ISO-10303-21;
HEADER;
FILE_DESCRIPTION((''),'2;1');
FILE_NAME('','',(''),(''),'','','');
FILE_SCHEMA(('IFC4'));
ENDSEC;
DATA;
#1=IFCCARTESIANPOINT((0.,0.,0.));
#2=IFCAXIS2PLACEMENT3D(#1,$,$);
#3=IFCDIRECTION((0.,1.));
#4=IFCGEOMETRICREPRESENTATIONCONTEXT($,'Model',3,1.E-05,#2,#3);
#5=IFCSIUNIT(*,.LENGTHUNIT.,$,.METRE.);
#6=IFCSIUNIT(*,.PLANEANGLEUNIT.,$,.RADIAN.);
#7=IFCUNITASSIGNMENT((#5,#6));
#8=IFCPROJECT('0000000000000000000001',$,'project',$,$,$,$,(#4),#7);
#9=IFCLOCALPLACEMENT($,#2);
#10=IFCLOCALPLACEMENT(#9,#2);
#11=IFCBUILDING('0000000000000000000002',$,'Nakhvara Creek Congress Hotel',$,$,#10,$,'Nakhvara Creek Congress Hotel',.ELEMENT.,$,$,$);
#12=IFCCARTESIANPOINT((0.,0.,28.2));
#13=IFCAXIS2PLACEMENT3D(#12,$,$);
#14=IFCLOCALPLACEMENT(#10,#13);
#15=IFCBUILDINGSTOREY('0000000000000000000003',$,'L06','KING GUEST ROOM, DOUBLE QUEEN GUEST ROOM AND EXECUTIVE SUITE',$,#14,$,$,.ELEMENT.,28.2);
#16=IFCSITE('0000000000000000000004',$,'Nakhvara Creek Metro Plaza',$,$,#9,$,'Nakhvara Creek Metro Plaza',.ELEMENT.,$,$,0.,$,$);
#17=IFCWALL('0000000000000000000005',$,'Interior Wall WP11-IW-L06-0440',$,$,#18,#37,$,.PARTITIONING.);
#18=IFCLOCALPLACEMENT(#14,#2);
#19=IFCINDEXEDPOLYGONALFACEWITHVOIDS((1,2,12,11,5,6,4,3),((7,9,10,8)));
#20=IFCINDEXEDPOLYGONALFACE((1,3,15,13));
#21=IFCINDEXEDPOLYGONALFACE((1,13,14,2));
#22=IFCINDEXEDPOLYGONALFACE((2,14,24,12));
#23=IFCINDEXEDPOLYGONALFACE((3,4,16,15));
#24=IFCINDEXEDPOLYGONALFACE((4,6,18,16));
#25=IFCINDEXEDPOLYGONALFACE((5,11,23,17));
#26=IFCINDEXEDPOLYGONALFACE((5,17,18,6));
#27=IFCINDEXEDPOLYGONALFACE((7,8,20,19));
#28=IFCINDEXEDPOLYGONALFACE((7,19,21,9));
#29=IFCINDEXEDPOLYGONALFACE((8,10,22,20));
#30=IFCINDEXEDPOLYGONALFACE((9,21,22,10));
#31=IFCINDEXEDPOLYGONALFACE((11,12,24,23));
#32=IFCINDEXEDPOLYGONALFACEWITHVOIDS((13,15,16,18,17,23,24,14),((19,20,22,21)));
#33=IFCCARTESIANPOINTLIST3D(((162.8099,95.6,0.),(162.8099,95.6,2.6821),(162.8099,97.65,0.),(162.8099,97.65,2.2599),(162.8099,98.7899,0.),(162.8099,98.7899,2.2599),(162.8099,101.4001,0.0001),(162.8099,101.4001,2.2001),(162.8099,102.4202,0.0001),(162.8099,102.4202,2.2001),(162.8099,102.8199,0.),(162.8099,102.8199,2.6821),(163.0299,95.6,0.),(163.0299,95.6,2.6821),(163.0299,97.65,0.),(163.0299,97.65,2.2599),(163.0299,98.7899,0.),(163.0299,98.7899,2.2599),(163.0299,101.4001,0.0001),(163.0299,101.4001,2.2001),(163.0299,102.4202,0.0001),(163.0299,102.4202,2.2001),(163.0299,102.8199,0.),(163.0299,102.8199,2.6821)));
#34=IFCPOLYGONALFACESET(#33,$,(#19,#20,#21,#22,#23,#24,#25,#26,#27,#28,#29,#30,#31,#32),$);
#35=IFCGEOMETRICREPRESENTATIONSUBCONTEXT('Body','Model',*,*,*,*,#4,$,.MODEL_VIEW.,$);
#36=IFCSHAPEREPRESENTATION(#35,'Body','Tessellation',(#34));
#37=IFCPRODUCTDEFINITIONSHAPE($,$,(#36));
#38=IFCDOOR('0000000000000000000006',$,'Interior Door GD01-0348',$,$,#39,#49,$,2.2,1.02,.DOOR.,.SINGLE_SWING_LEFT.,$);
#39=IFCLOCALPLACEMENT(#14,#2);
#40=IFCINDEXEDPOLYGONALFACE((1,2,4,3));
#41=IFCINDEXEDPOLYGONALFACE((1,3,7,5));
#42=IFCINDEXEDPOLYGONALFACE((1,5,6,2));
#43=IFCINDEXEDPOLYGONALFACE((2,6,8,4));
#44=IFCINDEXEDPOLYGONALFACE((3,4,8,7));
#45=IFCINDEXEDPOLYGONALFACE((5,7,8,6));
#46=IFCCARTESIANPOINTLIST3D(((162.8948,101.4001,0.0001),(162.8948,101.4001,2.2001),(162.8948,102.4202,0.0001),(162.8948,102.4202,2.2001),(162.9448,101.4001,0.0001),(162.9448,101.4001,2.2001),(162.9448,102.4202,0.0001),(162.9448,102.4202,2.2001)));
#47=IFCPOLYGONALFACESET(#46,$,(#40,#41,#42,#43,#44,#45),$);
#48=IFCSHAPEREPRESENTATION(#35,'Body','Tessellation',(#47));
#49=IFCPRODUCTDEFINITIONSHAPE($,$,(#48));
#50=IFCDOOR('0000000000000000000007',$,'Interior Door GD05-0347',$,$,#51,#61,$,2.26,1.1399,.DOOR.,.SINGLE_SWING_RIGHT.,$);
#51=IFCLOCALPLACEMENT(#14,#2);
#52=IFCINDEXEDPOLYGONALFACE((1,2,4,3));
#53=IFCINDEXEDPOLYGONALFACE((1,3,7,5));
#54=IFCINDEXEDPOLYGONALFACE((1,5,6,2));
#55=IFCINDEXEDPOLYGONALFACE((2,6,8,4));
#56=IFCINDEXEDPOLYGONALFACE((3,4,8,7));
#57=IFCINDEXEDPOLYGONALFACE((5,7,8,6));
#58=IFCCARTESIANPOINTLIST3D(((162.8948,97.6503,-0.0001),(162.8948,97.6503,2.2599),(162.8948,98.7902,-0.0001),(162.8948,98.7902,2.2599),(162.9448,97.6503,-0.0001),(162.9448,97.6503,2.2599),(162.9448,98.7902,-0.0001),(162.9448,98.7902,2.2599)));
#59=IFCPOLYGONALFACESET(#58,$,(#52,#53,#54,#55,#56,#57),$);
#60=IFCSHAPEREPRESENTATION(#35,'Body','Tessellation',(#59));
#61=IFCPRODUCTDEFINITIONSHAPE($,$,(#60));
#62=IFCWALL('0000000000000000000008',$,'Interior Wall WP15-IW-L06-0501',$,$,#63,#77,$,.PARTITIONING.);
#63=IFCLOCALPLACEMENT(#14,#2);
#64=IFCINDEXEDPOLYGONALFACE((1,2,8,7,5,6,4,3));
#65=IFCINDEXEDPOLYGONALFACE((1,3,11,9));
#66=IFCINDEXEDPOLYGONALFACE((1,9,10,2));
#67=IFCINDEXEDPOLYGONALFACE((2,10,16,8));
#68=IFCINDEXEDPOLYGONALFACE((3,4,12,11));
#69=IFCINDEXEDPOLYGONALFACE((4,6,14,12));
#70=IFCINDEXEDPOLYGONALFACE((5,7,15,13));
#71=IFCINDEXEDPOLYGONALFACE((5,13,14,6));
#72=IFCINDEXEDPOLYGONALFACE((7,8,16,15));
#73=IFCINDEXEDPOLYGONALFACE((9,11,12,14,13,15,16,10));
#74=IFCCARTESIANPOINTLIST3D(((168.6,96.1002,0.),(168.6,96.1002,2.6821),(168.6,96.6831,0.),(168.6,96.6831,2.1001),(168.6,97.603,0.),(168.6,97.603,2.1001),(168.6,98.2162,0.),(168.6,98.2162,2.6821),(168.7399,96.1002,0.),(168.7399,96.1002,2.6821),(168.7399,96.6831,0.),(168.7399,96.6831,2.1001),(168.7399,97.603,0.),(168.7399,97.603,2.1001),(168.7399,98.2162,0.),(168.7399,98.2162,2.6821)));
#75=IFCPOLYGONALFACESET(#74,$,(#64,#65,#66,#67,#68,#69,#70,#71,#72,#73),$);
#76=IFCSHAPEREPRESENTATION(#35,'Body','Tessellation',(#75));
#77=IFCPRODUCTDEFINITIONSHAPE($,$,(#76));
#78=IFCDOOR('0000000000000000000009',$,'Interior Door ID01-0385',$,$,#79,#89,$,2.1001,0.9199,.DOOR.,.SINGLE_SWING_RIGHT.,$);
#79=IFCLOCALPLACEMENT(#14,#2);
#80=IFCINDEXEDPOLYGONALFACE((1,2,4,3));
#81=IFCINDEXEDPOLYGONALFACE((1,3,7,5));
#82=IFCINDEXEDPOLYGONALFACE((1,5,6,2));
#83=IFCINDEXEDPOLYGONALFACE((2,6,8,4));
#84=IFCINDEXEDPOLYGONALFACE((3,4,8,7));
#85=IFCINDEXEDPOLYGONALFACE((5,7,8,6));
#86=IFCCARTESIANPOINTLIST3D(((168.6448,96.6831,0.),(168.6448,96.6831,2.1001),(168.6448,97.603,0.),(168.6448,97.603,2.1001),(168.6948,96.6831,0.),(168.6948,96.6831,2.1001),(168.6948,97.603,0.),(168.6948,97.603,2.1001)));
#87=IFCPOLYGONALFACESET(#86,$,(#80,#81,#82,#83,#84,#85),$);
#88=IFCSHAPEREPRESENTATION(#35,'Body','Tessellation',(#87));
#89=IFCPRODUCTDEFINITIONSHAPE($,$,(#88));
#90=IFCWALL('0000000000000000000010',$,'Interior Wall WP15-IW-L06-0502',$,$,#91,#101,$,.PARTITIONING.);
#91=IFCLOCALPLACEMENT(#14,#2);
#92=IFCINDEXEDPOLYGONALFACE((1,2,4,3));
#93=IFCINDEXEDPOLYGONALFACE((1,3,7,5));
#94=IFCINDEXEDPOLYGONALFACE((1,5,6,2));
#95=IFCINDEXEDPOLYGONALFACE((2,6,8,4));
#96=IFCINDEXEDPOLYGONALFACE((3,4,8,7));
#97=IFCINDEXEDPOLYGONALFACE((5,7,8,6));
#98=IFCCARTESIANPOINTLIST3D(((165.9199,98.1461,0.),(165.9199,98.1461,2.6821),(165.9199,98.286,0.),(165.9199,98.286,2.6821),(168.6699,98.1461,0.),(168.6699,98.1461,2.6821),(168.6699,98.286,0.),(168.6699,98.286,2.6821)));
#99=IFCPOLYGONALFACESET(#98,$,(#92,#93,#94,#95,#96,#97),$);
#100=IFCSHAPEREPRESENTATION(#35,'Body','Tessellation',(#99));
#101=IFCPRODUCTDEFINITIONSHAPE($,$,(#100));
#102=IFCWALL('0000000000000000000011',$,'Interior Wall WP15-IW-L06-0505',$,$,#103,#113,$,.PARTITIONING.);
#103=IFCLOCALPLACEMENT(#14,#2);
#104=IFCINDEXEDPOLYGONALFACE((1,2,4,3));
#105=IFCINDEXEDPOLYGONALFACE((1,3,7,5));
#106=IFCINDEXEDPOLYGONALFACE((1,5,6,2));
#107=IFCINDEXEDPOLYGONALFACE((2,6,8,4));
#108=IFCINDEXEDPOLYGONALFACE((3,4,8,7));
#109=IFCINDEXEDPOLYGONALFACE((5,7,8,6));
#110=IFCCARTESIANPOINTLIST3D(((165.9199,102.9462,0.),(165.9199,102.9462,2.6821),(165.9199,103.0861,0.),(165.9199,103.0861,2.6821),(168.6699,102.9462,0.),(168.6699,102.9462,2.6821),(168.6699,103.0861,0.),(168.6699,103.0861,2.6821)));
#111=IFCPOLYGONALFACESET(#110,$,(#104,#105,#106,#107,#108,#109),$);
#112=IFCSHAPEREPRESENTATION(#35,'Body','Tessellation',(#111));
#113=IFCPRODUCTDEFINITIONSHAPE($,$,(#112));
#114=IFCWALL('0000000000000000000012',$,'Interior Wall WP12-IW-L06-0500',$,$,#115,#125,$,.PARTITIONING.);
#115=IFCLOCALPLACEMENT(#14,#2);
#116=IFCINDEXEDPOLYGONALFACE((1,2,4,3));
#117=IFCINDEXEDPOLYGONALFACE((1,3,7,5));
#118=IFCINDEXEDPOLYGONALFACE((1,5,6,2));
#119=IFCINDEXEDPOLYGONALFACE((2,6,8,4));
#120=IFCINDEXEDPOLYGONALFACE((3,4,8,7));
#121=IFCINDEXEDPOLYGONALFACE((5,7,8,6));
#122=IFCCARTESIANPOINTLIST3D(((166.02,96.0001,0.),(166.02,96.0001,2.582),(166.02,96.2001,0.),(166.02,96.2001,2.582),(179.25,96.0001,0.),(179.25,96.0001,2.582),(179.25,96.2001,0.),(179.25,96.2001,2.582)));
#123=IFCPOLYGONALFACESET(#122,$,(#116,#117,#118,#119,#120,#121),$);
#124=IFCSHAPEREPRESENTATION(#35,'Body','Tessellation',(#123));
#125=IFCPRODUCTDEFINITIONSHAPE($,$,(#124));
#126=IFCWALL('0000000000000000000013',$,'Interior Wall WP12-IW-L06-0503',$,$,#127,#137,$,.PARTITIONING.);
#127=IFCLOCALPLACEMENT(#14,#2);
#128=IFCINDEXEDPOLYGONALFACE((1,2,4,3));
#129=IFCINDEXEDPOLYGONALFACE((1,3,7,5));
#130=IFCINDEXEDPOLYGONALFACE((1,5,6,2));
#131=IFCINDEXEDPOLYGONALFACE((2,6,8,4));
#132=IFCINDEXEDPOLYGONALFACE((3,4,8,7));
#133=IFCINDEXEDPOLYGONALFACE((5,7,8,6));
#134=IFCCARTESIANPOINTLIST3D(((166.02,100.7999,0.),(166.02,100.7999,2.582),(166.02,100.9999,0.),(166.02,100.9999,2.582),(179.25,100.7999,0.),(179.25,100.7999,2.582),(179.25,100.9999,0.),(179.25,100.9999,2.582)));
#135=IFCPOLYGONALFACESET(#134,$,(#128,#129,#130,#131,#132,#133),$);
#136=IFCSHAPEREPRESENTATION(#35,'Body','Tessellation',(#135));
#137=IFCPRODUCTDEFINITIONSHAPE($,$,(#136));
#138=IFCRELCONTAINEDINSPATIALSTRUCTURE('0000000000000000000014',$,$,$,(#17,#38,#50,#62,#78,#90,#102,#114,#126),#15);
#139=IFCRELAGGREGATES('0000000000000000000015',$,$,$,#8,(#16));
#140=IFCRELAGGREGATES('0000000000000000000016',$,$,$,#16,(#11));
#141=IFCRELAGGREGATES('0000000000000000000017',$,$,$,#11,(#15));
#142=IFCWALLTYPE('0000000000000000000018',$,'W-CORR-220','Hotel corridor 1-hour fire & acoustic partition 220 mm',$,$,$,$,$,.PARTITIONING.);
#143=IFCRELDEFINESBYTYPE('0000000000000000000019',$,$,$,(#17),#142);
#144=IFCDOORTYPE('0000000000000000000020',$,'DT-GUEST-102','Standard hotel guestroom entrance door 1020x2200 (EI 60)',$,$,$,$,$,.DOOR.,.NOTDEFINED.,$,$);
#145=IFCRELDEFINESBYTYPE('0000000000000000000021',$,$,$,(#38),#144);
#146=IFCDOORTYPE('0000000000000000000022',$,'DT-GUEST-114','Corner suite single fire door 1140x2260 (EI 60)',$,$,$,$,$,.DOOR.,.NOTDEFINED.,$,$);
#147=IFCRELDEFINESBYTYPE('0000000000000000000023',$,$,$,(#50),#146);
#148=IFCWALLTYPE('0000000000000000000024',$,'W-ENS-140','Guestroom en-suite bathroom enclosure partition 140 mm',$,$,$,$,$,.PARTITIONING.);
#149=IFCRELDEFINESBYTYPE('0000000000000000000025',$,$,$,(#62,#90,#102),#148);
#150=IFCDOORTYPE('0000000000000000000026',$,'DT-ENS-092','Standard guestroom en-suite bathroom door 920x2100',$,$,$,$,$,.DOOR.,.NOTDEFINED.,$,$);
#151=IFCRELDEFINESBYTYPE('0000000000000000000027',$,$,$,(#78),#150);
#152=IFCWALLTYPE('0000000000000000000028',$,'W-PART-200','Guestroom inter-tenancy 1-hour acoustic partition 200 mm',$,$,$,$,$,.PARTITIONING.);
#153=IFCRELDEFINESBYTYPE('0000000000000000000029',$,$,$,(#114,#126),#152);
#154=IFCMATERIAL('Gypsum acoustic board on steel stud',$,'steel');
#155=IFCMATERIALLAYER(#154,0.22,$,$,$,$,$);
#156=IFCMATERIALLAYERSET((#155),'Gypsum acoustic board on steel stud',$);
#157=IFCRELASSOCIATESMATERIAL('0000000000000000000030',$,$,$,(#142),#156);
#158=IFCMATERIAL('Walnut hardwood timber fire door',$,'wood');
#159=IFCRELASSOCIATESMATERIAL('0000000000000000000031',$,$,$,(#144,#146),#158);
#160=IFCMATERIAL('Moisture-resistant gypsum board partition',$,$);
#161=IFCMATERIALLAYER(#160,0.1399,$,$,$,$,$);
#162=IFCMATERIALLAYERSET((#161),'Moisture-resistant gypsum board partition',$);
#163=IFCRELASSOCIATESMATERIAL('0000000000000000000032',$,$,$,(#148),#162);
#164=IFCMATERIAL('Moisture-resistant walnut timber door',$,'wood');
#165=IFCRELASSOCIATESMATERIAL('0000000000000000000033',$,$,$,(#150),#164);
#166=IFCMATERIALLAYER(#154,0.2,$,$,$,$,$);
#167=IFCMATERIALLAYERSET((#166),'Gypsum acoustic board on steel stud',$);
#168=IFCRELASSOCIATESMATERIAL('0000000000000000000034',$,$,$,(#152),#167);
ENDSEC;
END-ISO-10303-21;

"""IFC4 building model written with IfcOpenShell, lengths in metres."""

from ifc_helpers import new_model, si_unit, direction, frame, frame_2d, origin, place, context, subcontext, project, spatial, rectangle, extrude, material, layer, layer_set, type_object, element, fill, save


model = new_model("IFC4")

# Units and contexts
model_context = context("Model", 3, precision=1e-05, world=origin(), true_north=direction((0.0, 1.0)))
body_context = subcontext(model_context, "Body", "Model", "MODEL_VIEW")
ifc_project = project(units=[si_unit("LENGTHUNIT", "METRE"), si_unit("PLANEANGLEUNIT", "RADIAN")], contexts=[model_context])

# Site, building, storey
site_placement = place(None, origin())
site = spatial("IfcSite", under=ifc_project, at=site_placement, Name="Nakhvara Creek Metro Plaza", LongName="Nakhvara Creek Metro Plaza", CompositionType="ELEMENT", RefElevation=0.0)
building_placement = place(site_placement, origin())
building = spatial("IfcBuilding", under=site, at=building_placement, Name="Nakhvara Creek Congress Hotel", LongName="Nakhvara Creek Congress Hotel", CompositionType="ELEMENT")
storey_placement = place(building_placement, frame((0.0, 0.0, 28.2)))
storey = spatial("IfcBuildingStorey", under=building, at=storey_placement, Name="L06", Description="KING GUEST ROOM, DOUBLE QUEEN GUEST ROOM AND EXECUTIVE SUITE", CompositionType="ELEMENT", Elevation=28.2)

# Wall, openings, doors
ifc_material_1 = material(Name="Gypsum acoustic board on steel stud", Category="steel")
ifc_layer_1 = layer(ifc_material_1, 0.22)
ifc_layer_set_1 = layer_set([ifc_layer_1], Name="Gypsum acoustic board on steel stud")
wall_type_1 = type_object("IfcWallType", Name="W-CORR-220", Description="Hotel corridor 1-hour fire & acoustic partition 220 mm", PredefinedType="PARTITIONING", material=ifc_layer_set_1)
wall_1_placement = place(storey_placement, frame((162.9199, 95.6001, 0.0), z_axis=(0.0, 0.0, 1.0), x_axis=(0.0, 1.0, 0.0)))
wall_1 = element("IfcWall", 1, at=wall_1_placement, inside=storey, type_object=wall_type_1, Name="Interior Wall WP11-IW-L06-0440", PredefinedType="PARTITIONING", context=body_context, shape_type="SweptSolid", body=[
    extrude(rectangle(XDim=7.22, YDim=0.22, at=frame_2d((3.6099, 0.0))), origin(), (0.0, 0.0, 1.0), 2.6821),
])
opening_1_placement = place(wall_1_placement, frame((2.05, 0.0, 0.0)))
opening_1 = element("IfcOpeningElement", 2, at=opening_1_placement, cuts=wall_1, PredefinedType="OPENING", context=body_context, shape_type="SweptSolid", body=[
    extrude(rectangle(XDim=1.1399, YDim=2.26, at=frame_2d((0.5698, 1.1299))), frame((0.0, 0.1221, 0.0), z_axis=(0.0, -1.0, 0.0), x_axis=(1.0, 0.0, 0.0)), (0.0, 0.0, 1.0), 0.2439),
])
opening_2_placement = place(wall_1_placement, frame((5.8, 0.0, 0.0)))
opening_2 = element("IfcOpeningElement", 3, at=opening_2_placement, cuts=wall_1, PredefinedType="OPENING", context=body_context, shape_type="SweptSolid", body=[
    extrude(rectangle(XDim=1.02, YDim=2.2, at=frame_2d((0.51, 1.1001))), frame((0.0, 0.1221, 0.0), z_axis=(0.0, -1.0, 0.0), x_axis=(1.0, 0.0, 0.0)), (0.0, 0.0, 1.0), 0.2439),
])
ifc_material_2 = material(Name="Walnut hardwood timber fire door", Category="wood")
door_type_1 = type_object("IfcDoorType", Name="DT-GUEST-102", Description="Standard hotel guestroom entrance door 1020x2200 (EI 60)", OperationType="NOTDEFINED", PredefinedType="DOOR", material=ifc_material_2)
door_1_placement = place(opening_2_placement, frame((1.02, 0.0, 0.0), z_axis=(0.0, 0.0, 1.0), x_axis=(-1.0, 0.0, 0.0)))
door_1 = element("IfcDoor", 4, at=door_1_placement, inside=storey, type_object=door_type_1, Name="Interior Door GD01-0348", OperationType="SINGLE_SWING_LEFT", OverallHeight=2.2, OverallWidth=1.02, PredefinedType="DOOR", context=body_context, shape_type="SweptSolid", body=[
    extrude(rectangle(XDim=1.02, YDim=2.2, at=frame_2d((0.51, 1.1001))), frame((0.0, 0.0249, 0.0), z_axis=(0.0, -1.0, 0.0), x_axis=(1.0, 0.0, 0.0)), (0.0, 0.0, 1.0), 0.05),
])
fill(opening_2, door_1)
door_type_2 = type_object("IfcDoorType", Name="DT-GUEST-114", Description="Corner suite single fire door 1140x2260 (EI 60)", OperationType="NOTDEFINED", PredefinedType="DOOR", material=ifc_material_2)
door_2_placement = place(opening_1_placement, frame((1.1399, 0.0, 0.0), z_axis=(0.0, 0.0, 1.0), x_axis=(-1.0, 0.0, 0.0)))
door_2 = element("IfcDoor", 5, at=door_2_placement, inside=storey, type_object=door_type_2, Name="Interior Door GD05-0347", OperationType="SINGLE_SWING_RIGHT", OverallHeight=2.26, OverallWidth=1.1399, PredefinedType="DOOR", context=body_context, shape_type="SweptSolid", body=[
    extrude(rectangle(XDim=1.1399, YDim=2.26, at=frame_2d((0.5698, 1.1299))), frame((0.0, 0.0249, 0.0), z_axis=(0.0, -1.0, 0.0), x_axis=(1.0, 0.0, 0.0)), (0.0, 0.0, 1.0), 0.05),
])
fill(opening_1, door_2)

# Wall, opening, door
ifc_material_3 = material(Name="Moisture-resistant gypsum board partition")
ifc_layer_2 = layer(ifc_material_3, 0.1399)
ifc_layer_set_2 = layer_set([ifc_layer_2], Name="Moisture-resistant gypsum board partition")
wall_type_2 = type_object("IfcWallType", Name="W-ENS-140", Description="Guestroom en-suite bathroom enclosure partition 140 mm", PredefinedType="PARTITIONING", material=ifc_layer_set_2)
wall_2_placement = place(storey_placement, frame((168.6699, 96.1001, 0.0), z_axis=(0.0, 0.0, 1.0), x_axis=(0.0, 1.0, 0.0)))
wall_2 = element("IfcWall", 6, at=wall_2_placement, inside=storey, type_object=wall_type_2, Name="Interior Wall WP15-IW-L06-0501", PredefinedType="PARTITIONING", context=body_context, shape_type="SweptSolid", body=[
    extrude(rectangle(XDim=2.116, YDim=0.1399, at=frame_2d((1.0581, 0.0))), origin(), (0.0, 0.0, 1.0), 2.6821),
])
opening_3_placement = place(wall_2_placement, frame((0.583, 0.0, 0.0)))
opening_3 = element("IfcOpeningElement", 7, at=opening_3_placement, cuts=wall_2, PredefinedType="OPENING", context=body_context, shape_type="SweptSolid", body=[
    extrude(rectangle(XDim=0.9199, YDim=2.1001, at=frame_2d((0.46, 1.05))), frame((0.0, 0.082, 0.0), z_axis=(0.0, -1.0, 0.0), x_axis=(1.0, 0.0, 0.0)), (0.0, 0.0, 1.0), 0.1638),
])
ifc_material_4 = material(Name="Moisture-resistant walnut timber door", Category="wood")
door_type_3 = type_object("IfcDoorType", Name="DT-ENS-092", Description="Standard guestroom en-suite bathroom door 920x2100", OperationType="NOTDEFINED", PredefinedType="DOOR", material=ifc_material_4)
door_3_placement = place(opening_3_placement, frame((0.9199, 0.0, 0.0), z_axis=(0.0, 0.0, 1.0), x_axis=(-1.0, 0.0, 0.0)))
door_3 = element("IfcDoor", 8, at=door_3_placement, inside=storey, type_object=door_type_3, Name="Interior Door ID01-0385", OperationType="SINGLE_SWING_RIGHT", OverallHeight=2.1001, OverallWidth=0.9199, PredefinedType="DOOR", context=body_context, shape_type="SweptSolid", body=[
    extrude(rectangle(XDim=0.9199, YDim=2.1001, at=frame_2d((0.46, 1.05))), frame((0.0, 0.0249, 0.0), z_axis=(0.0, -1.0, 0.0), x_axis=(1.0, 0.0, 0.0)), (0.0, 0.0, 1.0), 0.05),
])
fill(opening_3, door_3)

# Wall
wall_3_placement = place(storey_placement, frame((165.9199, 98.2161, 0.0), z_axis=(0.0, 0.0, 1.0), x_axis=(1.0, 0.0, 0.0)))
element("IfcWall", 9, at=wall_3_placement, inside=storey, type_object=wall_type_2, Name="Interior Wall WP15-IW-L06-0502", PredefinedType="PARTITIONING", context=body_context, shape_type="SweptSolid", body=[
    extrude(rectangle(XDim=2.75, YDim=0.1399, at=frame_2d((1.375, 0.0))), origin(), (0.0, 0.0, 1.0), 2.6821),
])

# Walls
wall_4_placement = place(storey_placement, frame((165.9199, 103.0161, 0.0), z_axis=(0.0, 0.0, 1.0), x_axis=(1.0, 0.0, 0.0)))
element("IfcWall", 10, at=wall_4_placement, inside=storey, type_object=wall_type_2, Name="Interior Wall WP15-IW-L06-0505", PredefinedType="PARTITIONING", context=body_context, shape_type="SweptSolid", body=[
    extrude(rectangle(XDim=2.75, YDim=0.1399, at=frame_2d((1.375, 0.0))), origin(), (0.0, 0.0, 1.0), 2.6821),
])
ifc_layer_3 = layer(ifc_material_1, 0.2)
ifc_layer_set_3 = layer_set([ifc_layer_3], Name="Gypsum acoustic board on steel stud")
wall_type_3 = type_object("IfcWallType", Name="W-PART-200", Description="Guestroom inter-tenancy 1-hour acoustic partition 200 mm", PredefinedType="PARTITIONING", material=ifc_layer_set_3)
for number, where, z_axis, x_axis, name in (
    (11, (166.02, 96.1001, 0.0), (0.0, 0.0, 1.0), (1.0, 0.0, 0.0), "Interior Wall WP12-IW-L06-0500"),
    (12, (166.02, 100.8999, 0.0), (0.0, 0.0, 1.0), (1.0, 0.0, 0.0), "Interior Wall WP12-IW-L06-0503"),
):
    element("IfcWall", number, at=place(storey_placement, frame(where, z_axis=z_axis, x_axis=x_axis)), inside=storey, type_object=wall_type_3, Name=name, PredefinedType="PARTITIONING", context=body_context, shape_type="SweptSolid", body=[
        extrude(rectangle(XDim=13.23, YDim=0.2, at=frame_2d((6.615, 0.0))), origin(), (0.0, 0.0, 1.0), 2.582),
    ])

save(model, "model.ifc")
